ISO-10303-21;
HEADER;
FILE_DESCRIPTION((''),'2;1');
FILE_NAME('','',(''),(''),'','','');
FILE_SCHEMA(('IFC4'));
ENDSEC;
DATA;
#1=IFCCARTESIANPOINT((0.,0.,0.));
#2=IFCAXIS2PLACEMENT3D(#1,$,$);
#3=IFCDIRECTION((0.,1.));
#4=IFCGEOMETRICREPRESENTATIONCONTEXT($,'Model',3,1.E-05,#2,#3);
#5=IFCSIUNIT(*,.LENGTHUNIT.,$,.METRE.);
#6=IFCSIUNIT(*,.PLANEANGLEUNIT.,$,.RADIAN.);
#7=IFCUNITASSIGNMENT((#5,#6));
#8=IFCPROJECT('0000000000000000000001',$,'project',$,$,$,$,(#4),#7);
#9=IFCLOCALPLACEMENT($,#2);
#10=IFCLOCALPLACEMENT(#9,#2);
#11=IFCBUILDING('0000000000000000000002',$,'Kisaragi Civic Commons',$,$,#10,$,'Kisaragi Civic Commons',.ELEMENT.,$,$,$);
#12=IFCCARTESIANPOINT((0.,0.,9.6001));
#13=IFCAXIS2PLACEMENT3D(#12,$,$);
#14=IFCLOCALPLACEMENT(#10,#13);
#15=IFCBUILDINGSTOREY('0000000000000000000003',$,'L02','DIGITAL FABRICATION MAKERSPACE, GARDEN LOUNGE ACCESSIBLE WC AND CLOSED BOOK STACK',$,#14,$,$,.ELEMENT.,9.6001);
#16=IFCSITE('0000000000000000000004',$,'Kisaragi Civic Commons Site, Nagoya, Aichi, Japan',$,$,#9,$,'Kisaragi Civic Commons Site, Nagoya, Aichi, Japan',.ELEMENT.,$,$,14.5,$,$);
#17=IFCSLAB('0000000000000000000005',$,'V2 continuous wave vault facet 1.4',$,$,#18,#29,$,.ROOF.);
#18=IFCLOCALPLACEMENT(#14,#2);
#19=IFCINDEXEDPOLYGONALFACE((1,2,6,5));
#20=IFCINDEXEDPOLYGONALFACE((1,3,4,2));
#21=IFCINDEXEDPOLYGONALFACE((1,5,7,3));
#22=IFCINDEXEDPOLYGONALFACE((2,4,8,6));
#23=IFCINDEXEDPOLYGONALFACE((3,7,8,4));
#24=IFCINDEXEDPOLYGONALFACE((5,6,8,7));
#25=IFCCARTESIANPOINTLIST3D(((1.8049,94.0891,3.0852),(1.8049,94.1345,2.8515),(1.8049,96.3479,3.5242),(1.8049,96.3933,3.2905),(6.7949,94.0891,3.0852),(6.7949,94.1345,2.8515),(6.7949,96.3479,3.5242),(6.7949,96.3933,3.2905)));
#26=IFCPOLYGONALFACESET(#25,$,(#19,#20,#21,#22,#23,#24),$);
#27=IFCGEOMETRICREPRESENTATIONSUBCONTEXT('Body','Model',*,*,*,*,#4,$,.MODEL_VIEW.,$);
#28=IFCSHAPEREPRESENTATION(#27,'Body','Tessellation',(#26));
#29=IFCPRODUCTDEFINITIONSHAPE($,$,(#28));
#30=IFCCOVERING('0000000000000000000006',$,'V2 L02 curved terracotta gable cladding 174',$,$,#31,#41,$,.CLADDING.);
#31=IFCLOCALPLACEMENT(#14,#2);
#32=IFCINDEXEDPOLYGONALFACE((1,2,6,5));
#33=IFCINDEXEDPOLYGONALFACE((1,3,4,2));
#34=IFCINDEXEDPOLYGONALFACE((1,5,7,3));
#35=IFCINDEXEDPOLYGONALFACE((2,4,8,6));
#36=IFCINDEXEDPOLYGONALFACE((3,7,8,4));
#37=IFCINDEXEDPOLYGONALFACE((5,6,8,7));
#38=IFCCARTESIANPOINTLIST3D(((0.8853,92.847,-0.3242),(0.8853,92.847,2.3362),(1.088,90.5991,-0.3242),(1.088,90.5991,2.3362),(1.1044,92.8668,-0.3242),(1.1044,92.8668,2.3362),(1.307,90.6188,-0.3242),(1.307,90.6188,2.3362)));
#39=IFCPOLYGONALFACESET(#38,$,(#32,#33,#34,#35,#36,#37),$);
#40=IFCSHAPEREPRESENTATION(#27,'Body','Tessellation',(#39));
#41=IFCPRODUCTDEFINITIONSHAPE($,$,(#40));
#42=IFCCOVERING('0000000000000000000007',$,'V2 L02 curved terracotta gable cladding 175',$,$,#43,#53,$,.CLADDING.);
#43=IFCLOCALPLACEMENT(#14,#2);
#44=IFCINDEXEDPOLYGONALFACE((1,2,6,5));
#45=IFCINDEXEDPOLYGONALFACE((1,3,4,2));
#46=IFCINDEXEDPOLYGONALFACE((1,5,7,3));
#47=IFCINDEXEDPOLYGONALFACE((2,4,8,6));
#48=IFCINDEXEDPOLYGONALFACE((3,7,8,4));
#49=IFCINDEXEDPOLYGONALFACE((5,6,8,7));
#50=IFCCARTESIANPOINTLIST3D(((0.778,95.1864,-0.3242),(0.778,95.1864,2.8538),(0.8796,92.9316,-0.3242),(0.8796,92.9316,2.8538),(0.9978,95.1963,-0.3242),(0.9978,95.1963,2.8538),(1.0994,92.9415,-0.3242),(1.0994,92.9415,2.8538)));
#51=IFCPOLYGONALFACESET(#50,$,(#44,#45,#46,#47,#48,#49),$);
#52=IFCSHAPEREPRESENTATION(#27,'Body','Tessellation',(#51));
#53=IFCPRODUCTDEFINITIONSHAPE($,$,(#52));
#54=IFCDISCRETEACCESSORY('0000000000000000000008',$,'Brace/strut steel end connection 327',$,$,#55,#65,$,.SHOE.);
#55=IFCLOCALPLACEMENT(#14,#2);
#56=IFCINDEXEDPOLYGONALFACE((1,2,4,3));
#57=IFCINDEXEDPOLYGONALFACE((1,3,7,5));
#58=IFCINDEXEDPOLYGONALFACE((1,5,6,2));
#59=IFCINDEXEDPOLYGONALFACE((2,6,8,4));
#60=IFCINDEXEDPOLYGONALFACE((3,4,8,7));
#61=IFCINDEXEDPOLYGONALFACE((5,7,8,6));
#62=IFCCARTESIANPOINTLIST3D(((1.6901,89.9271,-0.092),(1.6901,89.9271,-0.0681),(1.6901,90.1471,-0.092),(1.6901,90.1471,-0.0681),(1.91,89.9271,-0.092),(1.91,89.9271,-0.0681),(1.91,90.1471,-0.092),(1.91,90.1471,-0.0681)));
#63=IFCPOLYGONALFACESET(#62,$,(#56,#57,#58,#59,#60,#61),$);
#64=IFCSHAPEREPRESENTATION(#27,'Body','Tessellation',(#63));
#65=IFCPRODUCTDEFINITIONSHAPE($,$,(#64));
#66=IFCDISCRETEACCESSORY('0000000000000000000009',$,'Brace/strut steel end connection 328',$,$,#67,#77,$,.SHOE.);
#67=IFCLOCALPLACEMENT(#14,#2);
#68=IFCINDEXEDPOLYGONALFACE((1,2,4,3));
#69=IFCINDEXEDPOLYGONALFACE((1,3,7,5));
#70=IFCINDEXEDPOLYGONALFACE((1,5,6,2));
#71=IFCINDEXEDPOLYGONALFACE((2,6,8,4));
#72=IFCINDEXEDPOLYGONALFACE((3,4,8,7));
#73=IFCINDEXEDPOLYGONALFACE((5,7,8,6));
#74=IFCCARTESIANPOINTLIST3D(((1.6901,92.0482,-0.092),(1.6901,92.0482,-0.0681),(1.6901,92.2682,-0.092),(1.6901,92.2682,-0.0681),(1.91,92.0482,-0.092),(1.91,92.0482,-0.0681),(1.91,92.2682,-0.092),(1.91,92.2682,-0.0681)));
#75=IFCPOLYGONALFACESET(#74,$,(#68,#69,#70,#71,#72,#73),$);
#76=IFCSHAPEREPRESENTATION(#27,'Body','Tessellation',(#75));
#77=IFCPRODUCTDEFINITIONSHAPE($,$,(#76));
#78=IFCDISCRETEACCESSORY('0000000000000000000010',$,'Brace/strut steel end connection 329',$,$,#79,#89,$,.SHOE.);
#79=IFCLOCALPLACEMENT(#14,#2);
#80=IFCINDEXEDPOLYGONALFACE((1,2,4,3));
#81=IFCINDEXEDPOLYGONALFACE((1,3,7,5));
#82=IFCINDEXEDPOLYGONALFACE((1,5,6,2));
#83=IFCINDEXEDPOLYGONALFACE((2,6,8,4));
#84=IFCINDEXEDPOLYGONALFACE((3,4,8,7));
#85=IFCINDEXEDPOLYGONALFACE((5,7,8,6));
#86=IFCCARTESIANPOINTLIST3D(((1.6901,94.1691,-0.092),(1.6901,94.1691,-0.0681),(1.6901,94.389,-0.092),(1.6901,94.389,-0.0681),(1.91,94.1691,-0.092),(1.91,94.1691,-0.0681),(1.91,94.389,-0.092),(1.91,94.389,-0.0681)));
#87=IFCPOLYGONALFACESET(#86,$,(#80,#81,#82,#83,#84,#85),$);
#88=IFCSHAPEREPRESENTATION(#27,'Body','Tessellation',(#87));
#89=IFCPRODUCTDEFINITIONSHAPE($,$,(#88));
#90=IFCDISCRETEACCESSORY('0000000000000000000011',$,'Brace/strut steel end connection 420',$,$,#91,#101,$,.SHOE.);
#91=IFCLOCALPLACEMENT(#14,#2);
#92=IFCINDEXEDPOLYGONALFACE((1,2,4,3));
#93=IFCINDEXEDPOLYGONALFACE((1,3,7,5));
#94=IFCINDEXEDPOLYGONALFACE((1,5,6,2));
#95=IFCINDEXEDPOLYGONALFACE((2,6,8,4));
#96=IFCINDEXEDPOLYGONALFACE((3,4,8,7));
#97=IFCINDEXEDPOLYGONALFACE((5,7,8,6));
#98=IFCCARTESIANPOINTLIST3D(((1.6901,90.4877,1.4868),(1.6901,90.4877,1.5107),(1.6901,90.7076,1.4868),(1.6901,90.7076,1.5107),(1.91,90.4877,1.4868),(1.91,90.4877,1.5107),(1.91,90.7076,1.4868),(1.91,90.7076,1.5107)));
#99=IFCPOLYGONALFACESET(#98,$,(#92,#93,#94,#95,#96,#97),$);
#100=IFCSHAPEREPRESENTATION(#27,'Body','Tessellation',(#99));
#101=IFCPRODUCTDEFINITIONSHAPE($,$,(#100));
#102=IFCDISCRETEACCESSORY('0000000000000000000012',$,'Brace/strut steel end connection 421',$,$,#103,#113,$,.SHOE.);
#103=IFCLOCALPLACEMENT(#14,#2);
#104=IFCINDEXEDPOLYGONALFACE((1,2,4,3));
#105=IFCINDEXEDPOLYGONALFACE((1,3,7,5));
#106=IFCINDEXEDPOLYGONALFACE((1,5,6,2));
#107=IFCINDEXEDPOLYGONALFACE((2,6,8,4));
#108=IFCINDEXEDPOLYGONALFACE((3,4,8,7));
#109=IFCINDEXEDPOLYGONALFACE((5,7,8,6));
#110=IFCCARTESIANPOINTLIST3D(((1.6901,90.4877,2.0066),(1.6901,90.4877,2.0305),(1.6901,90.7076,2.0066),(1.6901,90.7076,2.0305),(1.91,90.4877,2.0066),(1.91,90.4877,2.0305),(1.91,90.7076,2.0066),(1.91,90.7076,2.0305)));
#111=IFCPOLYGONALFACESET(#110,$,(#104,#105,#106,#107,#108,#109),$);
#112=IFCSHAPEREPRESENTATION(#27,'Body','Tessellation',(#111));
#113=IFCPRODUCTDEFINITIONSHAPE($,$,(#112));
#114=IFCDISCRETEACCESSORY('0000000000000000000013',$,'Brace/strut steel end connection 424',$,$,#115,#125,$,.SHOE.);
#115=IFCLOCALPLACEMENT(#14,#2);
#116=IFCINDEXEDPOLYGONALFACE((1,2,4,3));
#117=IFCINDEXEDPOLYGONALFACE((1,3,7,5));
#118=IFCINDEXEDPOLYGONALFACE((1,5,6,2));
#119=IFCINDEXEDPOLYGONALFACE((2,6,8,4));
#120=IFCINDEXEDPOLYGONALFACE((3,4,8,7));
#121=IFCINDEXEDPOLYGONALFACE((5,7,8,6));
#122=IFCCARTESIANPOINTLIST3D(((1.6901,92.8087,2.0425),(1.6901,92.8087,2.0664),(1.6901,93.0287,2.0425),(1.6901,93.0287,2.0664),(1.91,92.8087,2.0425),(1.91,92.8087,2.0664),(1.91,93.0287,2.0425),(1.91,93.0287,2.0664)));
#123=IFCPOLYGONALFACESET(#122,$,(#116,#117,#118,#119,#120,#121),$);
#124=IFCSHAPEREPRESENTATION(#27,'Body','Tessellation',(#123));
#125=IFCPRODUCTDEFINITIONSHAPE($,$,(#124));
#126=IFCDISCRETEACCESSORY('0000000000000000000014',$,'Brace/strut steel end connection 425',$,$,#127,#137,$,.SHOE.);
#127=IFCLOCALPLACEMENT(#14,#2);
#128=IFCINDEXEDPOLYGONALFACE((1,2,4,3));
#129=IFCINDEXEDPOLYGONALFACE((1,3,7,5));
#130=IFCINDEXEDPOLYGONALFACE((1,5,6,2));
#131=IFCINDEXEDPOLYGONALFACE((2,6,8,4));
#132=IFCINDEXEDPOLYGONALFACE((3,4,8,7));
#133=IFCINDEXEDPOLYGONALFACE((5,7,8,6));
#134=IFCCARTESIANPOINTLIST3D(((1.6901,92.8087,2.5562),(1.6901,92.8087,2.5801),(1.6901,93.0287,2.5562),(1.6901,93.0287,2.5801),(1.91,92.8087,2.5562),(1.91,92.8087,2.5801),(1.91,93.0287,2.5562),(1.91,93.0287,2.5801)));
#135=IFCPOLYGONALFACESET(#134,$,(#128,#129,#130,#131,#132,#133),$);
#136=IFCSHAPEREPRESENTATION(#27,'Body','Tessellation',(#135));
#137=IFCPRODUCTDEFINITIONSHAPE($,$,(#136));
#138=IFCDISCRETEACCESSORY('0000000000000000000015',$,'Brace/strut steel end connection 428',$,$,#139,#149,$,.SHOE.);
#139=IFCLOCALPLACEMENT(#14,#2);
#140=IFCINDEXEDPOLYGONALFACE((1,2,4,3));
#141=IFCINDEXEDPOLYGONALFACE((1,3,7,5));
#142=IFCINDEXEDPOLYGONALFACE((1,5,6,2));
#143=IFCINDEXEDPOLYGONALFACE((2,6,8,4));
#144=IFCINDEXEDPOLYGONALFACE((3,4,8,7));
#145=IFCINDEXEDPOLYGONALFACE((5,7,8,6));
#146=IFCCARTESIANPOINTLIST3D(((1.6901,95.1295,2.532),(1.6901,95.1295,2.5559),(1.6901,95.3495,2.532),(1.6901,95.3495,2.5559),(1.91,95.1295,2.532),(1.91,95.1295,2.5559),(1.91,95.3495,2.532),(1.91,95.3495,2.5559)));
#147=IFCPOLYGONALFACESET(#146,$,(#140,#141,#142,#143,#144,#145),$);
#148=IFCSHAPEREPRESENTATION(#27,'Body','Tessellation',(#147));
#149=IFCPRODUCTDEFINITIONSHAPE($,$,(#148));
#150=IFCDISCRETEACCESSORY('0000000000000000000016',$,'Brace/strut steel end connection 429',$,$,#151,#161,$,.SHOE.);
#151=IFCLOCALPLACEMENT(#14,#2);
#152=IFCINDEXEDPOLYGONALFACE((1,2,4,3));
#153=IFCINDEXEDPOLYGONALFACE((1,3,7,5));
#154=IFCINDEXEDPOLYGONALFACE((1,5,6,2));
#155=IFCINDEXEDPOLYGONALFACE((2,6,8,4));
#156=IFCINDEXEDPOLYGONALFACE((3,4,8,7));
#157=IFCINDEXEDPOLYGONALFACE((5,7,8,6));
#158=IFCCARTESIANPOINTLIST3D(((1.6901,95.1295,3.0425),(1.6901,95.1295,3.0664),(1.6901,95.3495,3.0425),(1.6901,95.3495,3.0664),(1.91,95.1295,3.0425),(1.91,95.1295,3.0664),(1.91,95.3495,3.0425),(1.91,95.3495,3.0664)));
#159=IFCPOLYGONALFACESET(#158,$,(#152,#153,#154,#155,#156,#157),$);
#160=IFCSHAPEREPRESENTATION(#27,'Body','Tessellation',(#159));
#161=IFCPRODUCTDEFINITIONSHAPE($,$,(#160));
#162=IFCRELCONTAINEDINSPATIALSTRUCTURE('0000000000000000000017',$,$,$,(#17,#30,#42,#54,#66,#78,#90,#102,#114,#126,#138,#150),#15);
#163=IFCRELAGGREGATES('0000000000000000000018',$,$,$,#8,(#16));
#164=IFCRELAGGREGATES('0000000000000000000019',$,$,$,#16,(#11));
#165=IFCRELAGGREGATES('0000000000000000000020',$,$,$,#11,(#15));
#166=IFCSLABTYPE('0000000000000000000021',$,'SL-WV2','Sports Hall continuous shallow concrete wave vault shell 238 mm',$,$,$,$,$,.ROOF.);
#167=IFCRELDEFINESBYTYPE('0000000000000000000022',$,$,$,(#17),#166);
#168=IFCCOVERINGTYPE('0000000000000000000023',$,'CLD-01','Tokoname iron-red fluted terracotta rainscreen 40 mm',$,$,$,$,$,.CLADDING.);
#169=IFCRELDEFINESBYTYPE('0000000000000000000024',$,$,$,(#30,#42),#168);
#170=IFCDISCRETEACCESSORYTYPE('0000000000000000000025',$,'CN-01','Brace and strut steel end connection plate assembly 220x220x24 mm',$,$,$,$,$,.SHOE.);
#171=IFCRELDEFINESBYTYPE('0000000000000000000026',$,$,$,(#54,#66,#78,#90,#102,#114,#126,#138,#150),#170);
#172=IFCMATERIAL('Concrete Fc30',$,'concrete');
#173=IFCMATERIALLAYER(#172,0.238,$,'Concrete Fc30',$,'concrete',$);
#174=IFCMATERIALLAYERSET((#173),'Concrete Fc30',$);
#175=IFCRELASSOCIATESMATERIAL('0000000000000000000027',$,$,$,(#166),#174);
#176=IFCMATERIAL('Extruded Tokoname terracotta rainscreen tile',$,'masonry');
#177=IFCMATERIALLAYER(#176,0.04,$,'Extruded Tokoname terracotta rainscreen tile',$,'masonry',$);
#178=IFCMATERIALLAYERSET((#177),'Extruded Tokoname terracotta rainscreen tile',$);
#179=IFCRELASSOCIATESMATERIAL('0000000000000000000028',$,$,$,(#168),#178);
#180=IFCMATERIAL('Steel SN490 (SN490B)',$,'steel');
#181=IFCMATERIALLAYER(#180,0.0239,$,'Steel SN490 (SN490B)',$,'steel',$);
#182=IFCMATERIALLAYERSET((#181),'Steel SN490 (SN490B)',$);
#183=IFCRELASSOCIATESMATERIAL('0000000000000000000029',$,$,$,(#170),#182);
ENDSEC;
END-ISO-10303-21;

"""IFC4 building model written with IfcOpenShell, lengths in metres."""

from ifc_helpers import new_model, si_unit, direction, frame, origin, origin_2d, place, context, subcontext, project, spatial, polyline, rectangle, outline, extrude, material, layer, layer_set, type_object, element, save


model = new_model("IFC4")

# Units and contexts
model_context = context("Model", 3, precision=1e-05, world=origin(), true_north=direction((0.0, 1.0)))
body_context = subcontext(model_context, "Body", "Model", "MODEL_VIEW")
ifc_project = project(units=[si_unit("LENGTHUNIT", "METRE"), si_unit("PLANEANGLEUNIT", "RADIAN")], contexts=[model_context])

# Site, building, storey
site_placement = place(None, origin())
site = spatial("IfcSite", under=ifc_project, at=site_placement, Name="Kisaragi Civic Commons Site, Nagoya, Aichi, Japan", LongName="Kisaragi Civic Commons Site, Nagoya, Aichi, Japan", CompositionType="ELEMENT", RefElevation=14.5)
building_placement = place(site_placement, origin())
building = spatial("IfcBuilding", under=site, at=building_placement, Name="Kisaragi Civic Commons", LongName="Kisaragi Civic Commons", CompositionType="ELEMENT")
storey_placement = place(building_placement, frame((0.0, 0.0, 9.6001)))
storey = spatial("IfcBuildingStorey", under=building, at=storey_placement, Name="L02", Description="DIGITAL FABRICATION MAKERSPACE, GARDEN LOUNGE ACCESSIBLE WC AND CLOSED BOOK STACK", CompositionType="ELEMENT", Elevation=9.6001)

# Shared definitions
ifc_material_1 = material(Name="Steel SN490 (SN490B)", Category="steel")

# Slab
ifc_material_2 = material(Name="Concrete Fc30", Category="concrete")
ifc_layer_1 = layer(ifc_material_2, 0.238, Name="Concrete Fc30", Category="concrete")
ifc_layer_set_1 = layer_set([ifc_layer_1], Name="Concrete Fc30")
slab_type = type_object("IfcSlabType", Name="SL-WV2", Description="Sports Hall continuous shallow concrete wave vault shell 238 mm", PredefinedType="ROOF", material=ifc_layer_set_1)
slab_1_placement = place(storey_placement, frame((1.8049, 94.0891, 3.0852), z_axis=(0.0, -0.190767, 0.981635), x_axis=(1.0, 0.0, 0.0)))
element("IfcSlab", 1, at=slab_1_placement, inside=storey, type_object=slab_type, Name="V2 continuous wave vault facet 1.4", PredefinedType="ROOF", context=body_context, shape_type="SweptSolid", body=[
    extrude(outline(polyline([(0.0, 0.0), (4.99, 0.0), (4.99, 2.301), (0.0, 2.301), (0.0, 0.0)])), origin(), (0.0, 0.0, -1.0), 0.238),
])

# Coverings
ifc_material_3 = material(Name="Extruded Tokoname terracotta rainscreen tile", Category="masonry")
ifc_layer_2 = layer(ifc_material_3, 0.04, Name="Extruded Tokoname terracotta rainscreen tile", Category="masonry")
ifc_layer_set_2 = layer_set([ifc_layer_2], Name="Extruded Tokoname terracotta rainscreen tile")
covering_type = type_object("IfcCoveringType", Name="CLD-01", Description="Tokoname iron-red fluted terracotta rainscreen 40 mm", PredefinedType="CLADDING", material=ifc_layer_set_2)
covering_1_placement = place(storey_placement, frame((1.0962, 91.7329, -0.3242), z_axis=(0.0, 0.0, 1.0), x_axis=(-0.089763, 0.995963, 0.0)))
element("IfcCovering", 2, at=covering_1_placement, inside=storey, type_object=covering_type, Name="V2 L02 curved terracotta gable cladding 174", PredefinedType="CLADDING", context=body_context, shape_type="SweptSolid", body=[
    extrude(rectangle(XDim=2.2571, YDim=0.22, at=origin_2d()), origin(), (0.0, 0.0, 1.0), 2.6604),
])
covering_2_placement = place(storey_placement, frame((0.9387, 94.064, -0.3242), z_axis=(0.0, 0.0, 1.0), x_axis=(-0.045014, 0.998986, 0.0)))
element("IfcCovering", 3, at=covering_2_placement, inside=storey, type_object=covering_type, Name="V2 L02 curved terracotta gable cladding 175", PredefinedType="CLADDING", context=body_context, shape_type="SweptSolid", body=[
    extrude(rectangle(XDim=2.2571, YDim=0.22, at=origin_2d()), origin(), (0.0, 0.0, 1.0), 3.178),
])

# Discrete accessories
ifc_layer_3 = layer(ifc_material_1, 0.0239, Name="Steel SN490 (SN490B)", Category="steel")
ifc_layer_set_3 = layer_set([ifc_layer_3], Name="Steel SN490 (SN490B)")
discrete_accessory_type = type_object("IfcDiscreteAccessoryType", Name="CN-01", Description="Brace and strut steel end connection plate assembly 220x220x24 mm", PredefinedType="SHOE", material=ifc_layer_set_3)
for number, where, z_axis, x_axis, name in (
    (4, (1.8, 90.0371, -0.092), (0.0, 0.0, 1.0), (1.0, 0.0, 0.0), "Brace/strut steel end connection 327"),
    (5, (1.8, 92.1582, -0.092), (0.0, 0.0, 1.0), (1.0, 0.0, 0.0), "Brace/strut steel end connection 328"),
    (6, (1.8, 94.2791, -0.092), (0.0, 0.0, 1.0), (1.0, 0.0, 0.0), "Brace/strut steel end connection 329"),
    (7, (1.8, 90.5977, 1.4868), (0.0, 0.0, 1.0), (1.0, 0.0, 0.0), "Brace/strut steel end connection 420"),
    (8, (1.8, 90.5977, 2.0066), (0.0, 0.0, 1.0), (1.0, 0.0, 0.0), "Brace/strut steel end connection 421"),
    (9, (1.8, 92.9187, 2.0425), (0.0, 0.0, 1.0), (1.0, 0.0, 0.0), "Brace/strut steel end connection 424"),
    (10, (1.8, 92.9187, 2.5562), (0.0, 0.0, 1.0), (1.0, 0.0, 0.0), "Brace/strut steel end connection 425"),
    (11, (1.8, 95.2395, 2.532), (0.0, 0.0, 1.0), (1.0, 0.0, 0.0), "Brace/strut steel end connection 428"),
    (12, (1.8, 95.2395, 3.0425), (0.0, 0.0, 1.0), (1.0, 0.0, 0.0), "Brace/strut steel end connection 429"),
):
    element("IfcDiscreteAccessory", number, at=place(storey_placement, frame(where, z_axis=z_axis, x_axis=x_axis)), inside=storey, type_object=discrete_accessory_type, Name=name, PredefinedType="SHOE", context=body_context, shape_type="SweptSolid", body=[
        extrude(rectangle(XDim=0.22, YDim=0.22, at=origin_2d()), origin(), (0.0, 0.0, 1.0), 0.0239),
    ])

save(model, "model.ifc")
